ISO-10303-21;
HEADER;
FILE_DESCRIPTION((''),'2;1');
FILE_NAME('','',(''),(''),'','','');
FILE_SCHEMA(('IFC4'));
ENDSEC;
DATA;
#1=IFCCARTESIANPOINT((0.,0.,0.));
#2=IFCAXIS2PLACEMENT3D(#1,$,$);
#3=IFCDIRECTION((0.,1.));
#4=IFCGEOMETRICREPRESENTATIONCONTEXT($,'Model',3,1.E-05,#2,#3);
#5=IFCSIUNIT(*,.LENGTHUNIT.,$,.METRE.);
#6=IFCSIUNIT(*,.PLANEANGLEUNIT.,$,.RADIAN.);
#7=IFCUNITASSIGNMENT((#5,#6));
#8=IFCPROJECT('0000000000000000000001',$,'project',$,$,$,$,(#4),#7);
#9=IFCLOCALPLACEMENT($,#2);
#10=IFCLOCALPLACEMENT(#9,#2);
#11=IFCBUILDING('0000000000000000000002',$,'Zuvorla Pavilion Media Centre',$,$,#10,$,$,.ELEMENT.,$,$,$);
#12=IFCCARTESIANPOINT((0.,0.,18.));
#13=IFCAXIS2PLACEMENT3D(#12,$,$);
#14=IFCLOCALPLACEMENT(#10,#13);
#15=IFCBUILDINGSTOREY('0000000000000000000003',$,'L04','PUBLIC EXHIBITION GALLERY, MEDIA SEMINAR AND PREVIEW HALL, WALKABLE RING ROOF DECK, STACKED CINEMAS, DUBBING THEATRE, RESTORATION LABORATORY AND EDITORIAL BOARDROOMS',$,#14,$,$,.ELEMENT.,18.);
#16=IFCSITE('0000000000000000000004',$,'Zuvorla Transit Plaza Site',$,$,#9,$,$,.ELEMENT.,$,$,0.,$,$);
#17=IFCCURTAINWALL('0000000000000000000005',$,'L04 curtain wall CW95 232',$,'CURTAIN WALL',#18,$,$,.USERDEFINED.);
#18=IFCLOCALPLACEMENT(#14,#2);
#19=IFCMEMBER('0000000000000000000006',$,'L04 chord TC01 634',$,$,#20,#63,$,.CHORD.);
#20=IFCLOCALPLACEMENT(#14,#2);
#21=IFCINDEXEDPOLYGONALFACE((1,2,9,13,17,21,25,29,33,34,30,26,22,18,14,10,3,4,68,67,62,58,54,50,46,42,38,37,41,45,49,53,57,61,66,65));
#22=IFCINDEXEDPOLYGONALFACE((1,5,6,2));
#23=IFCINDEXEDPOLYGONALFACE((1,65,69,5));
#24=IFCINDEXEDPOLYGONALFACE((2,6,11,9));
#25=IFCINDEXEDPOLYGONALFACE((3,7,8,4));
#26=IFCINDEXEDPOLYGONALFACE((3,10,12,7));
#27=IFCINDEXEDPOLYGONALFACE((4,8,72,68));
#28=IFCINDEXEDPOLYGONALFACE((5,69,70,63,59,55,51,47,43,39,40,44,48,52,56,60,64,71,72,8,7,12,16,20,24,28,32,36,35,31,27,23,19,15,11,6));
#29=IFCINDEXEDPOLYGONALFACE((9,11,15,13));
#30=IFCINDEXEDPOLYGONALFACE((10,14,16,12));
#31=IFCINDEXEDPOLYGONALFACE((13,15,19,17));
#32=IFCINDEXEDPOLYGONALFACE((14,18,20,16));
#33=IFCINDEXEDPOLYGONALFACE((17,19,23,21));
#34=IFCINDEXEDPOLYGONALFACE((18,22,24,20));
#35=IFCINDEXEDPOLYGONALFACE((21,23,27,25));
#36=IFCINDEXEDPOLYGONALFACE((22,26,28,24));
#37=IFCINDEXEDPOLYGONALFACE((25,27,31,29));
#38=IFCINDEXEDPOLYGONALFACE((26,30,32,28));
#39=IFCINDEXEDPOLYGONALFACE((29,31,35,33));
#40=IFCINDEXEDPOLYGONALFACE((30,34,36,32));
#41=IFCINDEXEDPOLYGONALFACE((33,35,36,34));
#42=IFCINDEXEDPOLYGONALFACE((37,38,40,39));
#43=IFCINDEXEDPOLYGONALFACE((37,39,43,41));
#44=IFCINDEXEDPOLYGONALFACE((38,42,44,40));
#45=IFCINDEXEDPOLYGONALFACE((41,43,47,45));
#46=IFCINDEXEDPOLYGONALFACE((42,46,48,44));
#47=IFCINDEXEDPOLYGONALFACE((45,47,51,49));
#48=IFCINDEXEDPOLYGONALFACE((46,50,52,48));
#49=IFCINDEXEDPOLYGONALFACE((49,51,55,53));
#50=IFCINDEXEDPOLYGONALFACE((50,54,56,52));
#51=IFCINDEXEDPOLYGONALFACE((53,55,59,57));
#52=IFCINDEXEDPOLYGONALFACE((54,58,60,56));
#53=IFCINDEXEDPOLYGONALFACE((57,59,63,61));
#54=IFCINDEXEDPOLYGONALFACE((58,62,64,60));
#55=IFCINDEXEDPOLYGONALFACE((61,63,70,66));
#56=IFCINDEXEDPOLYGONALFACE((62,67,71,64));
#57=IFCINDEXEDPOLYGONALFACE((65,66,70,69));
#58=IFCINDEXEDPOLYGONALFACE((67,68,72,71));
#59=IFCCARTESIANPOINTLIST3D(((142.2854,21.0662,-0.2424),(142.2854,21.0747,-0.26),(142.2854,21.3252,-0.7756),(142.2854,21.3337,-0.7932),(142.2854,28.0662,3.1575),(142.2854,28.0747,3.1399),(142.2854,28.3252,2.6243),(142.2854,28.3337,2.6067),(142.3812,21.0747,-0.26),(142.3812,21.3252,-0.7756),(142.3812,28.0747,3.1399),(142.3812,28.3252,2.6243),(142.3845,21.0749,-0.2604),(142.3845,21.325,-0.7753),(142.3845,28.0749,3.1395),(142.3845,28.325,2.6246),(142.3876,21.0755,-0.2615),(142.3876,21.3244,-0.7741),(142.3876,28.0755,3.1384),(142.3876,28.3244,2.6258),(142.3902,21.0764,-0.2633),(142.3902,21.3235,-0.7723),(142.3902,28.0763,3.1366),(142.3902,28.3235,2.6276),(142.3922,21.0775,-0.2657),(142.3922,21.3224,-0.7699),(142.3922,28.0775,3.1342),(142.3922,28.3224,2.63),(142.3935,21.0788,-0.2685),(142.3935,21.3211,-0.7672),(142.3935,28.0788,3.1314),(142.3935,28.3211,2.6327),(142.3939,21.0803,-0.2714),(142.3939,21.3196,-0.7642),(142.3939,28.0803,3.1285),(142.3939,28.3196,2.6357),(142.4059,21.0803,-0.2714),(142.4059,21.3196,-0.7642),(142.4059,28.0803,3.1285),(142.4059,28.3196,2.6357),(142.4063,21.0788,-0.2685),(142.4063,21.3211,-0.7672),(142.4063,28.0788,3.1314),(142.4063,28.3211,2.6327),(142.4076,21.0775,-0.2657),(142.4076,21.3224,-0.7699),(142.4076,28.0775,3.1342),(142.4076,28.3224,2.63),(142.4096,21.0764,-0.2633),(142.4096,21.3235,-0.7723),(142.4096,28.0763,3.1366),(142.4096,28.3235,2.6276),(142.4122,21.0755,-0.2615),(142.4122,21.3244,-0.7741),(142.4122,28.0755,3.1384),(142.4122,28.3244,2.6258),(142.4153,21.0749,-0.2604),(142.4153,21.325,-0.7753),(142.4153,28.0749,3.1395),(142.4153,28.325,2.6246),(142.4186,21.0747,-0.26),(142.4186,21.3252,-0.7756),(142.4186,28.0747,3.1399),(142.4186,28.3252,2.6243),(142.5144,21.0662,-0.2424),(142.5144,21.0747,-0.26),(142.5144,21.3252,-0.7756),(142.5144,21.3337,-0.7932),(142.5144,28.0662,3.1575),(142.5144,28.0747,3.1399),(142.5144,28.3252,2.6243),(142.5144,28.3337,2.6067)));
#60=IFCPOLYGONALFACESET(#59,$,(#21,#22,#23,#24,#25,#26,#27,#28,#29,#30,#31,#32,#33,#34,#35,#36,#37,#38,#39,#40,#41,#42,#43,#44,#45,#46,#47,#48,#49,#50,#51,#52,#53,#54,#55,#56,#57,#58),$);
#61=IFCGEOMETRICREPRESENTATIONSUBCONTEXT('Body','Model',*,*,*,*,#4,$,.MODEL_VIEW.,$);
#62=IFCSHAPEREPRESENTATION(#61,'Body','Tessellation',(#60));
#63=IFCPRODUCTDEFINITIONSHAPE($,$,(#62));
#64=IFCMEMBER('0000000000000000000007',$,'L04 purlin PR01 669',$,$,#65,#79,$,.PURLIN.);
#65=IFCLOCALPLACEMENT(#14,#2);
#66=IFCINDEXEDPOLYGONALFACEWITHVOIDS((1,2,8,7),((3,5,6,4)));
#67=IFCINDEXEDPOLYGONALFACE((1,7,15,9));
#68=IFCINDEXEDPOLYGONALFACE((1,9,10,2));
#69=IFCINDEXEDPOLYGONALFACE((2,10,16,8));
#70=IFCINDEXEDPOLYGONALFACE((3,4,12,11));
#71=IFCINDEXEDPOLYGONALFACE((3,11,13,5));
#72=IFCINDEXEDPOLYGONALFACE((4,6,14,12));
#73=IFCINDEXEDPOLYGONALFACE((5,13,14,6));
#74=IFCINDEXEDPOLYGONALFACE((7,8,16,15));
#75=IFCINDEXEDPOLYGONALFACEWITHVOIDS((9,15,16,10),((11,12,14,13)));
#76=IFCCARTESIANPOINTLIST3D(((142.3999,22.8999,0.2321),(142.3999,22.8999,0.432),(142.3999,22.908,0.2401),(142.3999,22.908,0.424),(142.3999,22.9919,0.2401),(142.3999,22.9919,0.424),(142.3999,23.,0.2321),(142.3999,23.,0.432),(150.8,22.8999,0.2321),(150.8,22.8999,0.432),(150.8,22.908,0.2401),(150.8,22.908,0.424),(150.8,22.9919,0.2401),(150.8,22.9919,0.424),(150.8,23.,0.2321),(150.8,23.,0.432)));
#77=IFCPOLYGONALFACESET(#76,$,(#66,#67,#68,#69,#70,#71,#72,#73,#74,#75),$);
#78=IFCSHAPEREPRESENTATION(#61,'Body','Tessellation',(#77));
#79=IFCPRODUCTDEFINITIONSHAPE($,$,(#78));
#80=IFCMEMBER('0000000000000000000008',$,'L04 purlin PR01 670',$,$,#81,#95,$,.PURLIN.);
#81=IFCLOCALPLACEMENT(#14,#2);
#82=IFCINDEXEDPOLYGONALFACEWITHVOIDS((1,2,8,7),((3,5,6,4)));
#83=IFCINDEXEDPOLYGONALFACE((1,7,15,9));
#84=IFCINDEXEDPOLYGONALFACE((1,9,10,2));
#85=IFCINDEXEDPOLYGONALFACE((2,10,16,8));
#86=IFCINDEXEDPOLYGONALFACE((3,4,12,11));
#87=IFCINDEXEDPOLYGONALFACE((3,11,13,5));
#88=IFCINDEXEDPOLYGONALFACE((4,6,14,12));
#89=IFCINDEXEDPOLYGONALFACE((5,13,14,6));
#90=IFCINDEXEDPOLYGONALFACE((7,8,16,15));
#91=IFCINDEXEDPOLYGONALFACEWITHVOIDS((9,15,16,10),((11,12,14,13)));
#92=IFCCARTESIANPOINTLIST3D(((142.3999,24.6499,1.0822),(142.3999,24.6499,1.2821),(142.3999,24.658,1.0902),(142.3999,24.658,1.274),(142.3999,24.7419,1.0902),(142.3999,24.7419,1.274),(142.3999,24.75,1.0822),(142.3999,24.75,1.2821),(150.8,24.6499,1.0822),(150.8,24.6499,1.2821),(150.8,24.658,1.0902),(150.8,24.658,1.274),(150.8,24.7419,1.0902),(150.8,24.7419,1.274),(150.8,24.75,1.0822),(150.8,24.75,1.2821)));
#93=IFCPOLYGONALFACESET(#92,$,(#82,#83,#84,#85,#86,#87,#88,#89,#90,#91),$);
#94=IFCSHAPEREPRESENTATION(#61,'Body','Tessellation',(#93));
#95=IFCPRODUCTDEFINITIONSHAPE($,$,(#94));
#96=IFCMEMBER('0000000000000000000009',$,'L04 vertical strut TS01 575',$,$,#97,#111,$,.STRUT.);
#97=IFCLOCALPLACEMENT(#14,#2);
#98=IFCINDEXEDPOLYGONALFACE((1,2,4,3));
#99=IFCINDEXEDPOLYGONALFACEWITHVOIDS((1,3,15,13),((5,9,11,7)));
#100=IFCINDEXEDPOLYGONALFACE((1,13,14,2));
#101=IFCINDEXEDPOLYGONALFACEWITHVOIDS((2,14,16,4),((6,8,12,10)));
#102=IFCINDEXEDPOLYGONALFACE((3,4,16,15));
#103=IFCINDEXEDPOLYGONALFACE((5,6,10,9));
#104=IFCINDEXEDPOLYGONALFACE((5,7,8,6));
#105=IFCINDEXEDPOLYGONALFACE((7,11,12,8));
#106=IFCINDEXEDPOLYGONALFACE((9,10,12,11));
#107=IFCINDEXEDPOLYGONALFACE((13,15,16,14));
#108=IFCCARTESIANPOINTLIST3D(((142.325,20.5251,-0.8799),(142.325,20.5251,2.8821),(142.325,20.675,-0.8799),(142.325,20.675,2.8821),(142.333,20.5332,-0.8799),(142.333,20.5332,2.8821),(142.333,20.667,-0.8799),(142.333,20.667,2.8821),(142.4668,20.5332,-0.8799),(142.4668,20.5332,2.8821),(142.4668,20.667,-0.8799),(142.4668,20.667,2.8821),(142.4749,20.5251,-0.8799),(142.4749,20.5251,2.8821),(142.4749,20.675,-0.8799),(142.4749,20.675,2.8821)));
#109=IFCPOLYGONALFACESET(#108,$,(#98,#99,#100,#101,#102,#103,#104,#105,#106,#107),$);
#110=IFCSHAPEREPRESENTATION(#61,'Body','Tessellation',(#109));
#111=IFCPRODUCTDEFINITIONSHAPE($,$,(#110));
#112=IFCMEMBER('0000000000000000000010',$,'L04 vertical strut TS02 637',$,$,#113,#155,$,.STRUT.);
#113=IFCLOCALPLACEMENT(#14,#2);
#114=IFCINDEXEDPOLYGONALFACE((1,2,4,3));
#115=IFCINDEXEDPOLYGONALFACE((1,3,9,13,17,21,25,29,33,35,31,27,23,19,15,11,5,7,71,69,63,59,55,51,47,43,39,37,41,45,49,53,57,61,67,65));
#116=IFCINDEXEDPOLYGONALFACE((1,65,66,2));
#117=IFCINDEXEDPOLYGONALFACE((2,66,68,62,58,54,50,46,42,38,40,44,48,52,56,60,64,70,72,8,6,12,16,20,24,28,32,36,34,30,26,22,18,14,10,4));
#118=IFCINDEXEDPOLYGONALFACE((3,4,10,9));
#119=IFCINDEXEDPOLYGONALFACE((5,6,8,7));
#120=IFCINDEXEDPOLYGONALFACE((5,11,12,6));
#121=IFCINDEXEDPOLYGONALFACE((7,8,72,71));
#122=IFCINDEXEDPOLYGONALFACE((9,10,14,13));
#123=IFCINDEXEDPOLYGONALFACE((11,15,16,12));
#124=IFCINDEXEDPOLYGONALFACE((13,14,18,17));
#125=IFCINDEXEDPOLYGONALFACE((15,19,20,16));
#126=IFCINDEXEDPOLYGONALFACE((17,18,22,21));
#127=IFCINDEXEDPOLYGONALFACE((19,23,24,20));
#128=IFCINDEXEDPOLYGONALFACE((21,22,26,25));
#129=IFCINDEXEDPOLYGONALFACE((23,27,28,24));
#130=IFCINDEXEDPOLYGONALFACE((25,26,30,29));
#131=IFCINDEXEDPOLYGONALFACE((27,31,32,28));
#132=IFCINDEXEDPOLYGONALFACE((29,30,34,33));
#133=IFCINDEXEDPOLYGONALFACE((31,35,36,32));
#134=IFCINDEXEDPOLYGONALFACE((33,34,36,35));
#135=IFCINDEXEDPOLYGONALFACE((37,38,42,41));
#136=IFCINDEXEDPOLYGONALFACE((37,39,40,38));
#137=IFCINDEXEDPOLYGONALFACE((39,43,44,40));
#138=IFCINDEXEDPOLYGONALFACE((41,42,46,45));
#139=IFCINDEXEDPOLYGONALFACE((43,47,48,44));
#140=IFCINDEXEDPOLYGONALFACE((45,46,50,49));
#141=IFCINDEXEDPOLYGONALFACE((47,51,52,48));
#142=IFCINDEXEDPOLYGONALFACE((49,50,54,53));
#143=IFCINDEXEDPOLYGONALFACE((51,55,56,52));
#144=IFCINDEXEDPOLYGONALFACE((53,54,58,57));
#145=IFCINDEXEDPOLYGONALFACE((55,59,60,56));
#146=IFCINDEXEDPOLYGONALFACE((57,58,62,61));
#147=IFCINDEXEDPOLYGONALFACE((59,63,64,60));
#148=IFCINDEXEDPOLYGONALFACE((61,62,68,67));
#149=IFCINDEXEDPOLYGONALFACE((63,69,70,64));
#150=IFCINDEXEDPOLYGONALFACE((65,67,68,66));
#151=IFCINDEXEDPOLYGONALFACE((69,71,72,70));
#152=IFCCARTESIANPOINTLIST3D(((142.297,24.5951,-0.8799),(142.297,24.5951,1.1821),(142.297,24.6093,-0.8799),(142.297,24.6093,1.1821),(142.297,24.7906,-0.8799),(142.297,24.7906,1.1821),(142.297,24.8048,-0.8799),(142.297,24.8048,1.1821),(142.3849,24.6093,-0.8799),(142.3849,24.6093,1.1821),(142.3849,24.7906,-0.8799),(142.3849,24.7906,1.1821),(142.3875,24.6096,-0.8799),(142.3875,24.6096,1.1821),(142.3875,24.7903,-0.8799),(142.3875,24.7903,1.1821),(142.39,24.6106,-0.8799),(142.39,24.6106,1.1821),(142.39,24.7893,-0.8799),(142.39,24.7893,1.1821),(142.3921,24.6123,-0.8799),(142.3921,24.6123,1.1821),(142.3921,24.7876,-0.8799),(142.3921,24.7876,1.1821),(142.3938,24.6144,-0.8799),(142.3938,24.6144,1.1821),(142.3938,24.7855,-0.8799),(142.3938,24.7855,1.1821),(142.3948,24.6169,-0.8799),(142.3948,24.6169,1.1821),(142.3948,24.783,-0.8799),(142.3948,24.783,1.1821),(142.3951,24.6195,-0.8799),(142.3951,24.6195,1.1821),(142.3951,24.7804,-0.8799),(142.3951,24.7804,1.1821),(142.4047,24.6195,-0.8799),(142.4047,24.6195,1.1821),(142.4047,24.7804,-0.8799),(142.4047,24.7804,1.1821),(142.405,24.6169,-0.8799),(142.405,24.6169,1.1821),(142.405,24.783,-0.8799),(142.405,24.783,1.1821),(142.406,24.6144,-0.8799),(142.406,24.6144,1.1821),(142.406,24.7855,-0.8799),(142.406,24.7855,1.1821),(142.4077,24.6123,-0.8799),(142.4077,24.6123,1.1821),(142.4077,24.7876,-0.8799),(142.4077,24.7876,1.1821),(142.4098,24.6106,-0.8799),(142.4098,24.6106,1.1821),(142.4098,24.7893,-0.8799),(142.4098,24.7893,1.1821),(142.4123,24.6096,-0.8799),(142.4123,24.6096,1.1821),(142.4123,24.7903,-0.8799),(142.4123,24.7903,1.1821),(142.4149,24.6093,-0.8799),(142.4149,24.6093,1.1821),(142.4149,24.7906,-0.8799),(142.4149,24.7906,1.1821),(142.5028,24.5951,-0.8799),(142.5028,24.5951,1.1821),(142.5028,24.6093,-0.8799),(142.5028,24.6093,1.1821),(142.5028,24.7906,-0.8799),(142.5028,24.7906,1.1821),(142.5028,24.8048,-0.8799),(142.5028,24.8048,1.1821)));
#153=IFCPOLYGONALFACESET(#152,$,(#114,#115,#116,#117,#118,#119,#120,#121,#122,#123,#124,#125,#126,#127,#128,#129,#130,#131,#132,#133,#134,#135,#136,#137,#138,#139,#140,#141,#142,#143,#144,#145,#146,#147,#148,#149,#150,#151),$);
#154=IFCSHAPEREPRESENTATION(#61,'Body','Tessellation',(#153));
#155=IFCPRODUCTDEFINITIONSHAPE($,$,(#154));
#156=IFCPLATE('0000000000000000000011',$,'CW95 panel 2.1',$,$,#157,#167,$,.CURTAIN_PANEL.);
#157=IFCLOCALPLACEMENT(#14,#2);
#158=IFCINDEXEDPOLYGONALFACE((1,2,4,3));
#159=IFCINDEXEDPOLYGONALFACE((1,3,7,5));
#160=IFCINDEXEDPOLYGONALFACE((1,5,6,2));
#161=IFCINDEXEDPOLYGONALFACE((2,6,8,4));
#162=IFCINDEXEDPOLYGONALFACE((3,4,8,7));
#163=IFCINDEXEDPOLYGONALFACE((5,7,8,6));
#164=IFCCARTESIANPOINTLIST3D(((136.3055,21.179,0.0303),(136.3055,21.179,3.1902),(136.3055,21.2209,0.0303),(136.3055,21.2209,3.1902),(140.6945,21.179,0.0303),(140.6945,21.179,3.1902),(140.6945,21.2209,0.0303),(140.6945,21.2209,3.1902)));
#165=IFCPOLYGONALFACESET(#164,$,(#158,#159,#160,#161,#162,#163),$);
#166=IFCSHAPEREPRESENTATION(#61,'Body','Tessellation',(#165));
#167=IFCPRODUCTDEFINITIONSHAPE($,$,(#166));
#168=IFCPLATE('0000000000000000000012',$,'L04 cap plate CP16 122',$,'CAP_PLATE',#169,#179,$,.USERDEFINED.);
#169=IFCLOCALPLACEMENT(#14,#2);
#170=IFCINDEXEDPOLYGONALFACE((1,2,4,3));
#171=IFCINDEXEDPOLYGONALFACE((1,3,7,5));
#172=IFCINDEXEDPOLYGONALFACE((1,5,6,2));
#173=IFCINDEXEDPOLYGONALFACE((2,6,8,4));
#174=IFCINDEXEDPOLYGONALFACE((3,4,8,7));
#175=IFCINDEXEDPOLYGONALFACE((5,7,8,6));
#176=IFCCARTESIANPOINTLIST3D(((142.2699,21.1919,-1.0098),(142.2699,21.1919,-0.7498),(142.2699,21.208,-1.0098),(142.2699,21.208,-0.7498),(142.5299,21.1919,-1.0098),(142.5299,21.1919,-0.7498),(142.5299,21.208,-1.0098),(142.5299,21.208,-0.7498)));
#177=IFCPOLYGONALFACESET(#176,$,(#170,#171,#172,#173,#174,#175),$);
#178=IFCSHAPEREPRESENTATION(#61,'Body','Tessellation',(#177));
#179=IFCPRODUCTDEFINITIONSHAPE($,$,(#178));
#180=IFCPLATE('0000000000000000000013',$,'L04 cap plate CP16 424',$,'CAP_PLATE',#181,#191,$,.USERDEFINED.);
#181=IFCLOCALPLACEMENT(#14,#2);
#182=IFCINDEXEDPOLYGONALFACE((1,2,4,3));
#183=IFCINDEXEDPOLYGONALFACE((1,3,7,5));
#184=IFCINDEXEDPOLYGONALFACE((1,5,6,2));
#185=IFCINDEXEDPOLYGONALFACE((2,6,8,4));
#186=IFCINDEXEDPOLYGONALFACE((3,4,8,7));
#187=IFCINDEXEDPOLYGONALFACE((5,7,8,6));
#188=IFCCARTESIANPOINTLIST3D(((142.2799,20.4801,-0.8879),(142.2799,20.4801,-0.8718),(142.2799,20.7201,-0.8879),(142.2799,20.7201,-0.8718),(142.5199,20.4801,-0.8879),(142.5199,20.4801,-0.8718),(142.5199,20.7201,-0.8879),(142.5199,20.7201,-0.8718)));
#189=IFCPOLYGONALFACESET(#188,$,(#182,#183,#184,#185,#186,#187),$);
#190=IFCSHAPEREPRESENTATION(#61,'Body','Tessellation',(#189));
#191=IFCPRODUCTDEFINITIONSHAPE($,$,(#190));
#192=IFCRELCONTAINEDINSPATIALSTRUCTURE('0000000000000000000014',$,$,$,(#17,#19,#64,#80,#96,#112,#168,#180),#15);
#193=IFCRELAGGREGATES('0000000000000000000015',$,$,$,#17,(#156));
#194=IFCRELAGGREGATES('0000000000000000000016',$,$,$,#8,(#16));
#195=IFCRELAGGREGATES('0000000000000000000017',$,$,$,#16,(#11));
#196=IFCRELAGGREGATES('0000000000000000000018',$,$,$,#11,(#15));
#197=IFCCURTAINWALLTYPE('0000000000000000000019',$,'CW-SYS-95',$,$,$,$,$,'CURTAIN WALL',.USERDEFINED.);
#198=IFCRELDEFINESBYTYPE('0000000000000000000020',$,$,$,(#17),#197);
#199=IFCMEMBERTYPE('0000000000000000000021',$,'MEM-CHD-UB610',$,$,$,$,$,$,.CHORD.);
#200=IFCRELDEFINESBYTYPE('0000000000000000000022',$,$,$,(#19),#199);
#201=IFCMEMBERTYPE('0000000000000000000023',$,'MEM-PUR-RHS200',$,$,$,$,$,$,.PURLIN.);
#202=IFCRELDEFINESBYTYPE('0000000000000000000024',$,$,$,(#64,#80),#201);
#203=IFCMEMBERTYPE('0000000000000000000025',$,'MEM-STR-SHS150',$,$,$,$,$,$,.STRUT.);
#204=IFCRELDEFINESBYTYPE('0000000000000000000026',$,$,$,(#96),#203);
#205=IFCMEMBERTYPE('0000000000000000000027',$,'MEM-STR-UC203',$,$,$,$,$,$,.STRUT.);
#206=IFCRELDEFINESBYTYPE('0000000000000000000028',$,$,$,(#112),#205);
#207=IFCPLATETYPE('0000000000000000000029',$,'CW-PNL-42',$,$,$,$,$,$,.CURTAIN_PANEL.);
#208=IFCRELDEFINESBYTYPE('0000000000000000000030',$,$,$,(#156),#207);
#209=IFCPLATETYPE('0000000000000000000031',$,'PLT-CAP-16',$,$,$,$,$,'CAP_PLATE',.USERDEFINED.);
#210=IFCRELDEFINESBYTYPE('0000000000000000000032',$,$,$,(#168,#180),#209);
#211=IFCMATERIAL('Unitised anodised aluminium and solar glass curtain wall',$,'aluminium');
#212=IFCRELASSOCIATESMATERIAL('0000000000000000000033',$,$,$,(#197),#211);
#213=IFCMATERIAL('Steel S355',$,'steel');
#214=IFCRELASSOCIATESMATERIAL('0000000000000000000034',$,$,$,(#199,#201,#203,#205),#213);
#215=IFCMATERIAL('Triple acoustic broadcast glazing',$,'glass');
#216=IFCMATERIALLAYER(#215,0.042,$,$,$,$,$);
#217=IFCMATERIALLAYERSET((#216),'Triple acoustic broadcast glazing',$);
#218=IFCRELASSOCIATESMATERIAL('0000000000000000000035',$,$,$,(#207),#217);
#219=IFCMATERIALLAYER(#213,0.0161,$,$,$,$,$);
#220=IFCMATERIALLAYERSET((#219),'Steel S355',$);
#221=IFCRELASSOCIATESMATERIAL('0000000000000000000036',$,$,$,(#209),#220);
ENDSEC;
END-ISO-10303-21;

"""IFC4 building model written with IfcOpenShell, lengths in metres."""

from ifc_helpers import new_model, si_unit, direction, frame, origin, origin_2d, place, context, subcontext, project, spatial, rectangle, hollow_rectangle, i_section, extrude, material, layer, layer_set, material_profile, profile_set, type_object, element, aggregate, save


model = new_model("IFC4")

# Units and contexts
model_context = context("Model", 3, precision=1e-05, world=origin(), true_north=direction((0.0, 1.0)))
body_context = subcontext(model_context, "Body", "Model", "MODEL_VIEW")
ifc_project = project(units=[si_unit("LENGTHUNIT", "METRE"), si_unit("PLANEANGLEUNIT", "RADIAN")], contexts=[model_context])

# Site, building, storey
site_placement = place(None, origin())
site = spatial("IfcSite", under=ifc_project, at=site_placement, Name="Zuvorla Transit Plaza Site", CompositionType="ELEMENT", RefElevation=0.0)
building_placement = place(site_placement, origin())
building = spatial("IfcBuilding", under=site, at=building_placement, Name="Zuvorla Pavilion Media Centre", CompositionType="ELEMENT")
storey_placement = place(building_placement, frame((0.0, 0.0, 18.0)))
storey = spatial("IfcBuildingStorey", under=building, at=storey_placement, Name="L04", Description="PUBLIC EXHIBITION GALLERY, MEDIA SEMINAR AND PREVIEW HALL, WALKABLE RING ROOF DECK, STACKED CINEMAS, DUBBING THEATRE, RESTORATION LABORATORY AND EDITORIAL BOARDROOMS", CompositionType="ELEMENT", Elevation=18.0)

# Curtain wall
ifc_material_1 = material(Name="Unitised anodised aluminium and solar glass curtain wall", Category="aluminium")
curtain_wall_type = type_object("IfcCurtainWallType", Name="CW-SYS-95", ElementType="CURTAIN WALL", PredefinedType="USERDEFINED", material=ifc_material_1)
curtain_wall_placement = place(storey_placement, origin())
curtain_wall = element("IfcCurtainWall", 1, at=curtain_wall_placement, inside=storey, type_object=curtain_wall_type, Name="L04 curtain wall CW95 232", ObjectType="CURTAIN WALL", PredefinedType="USERDEFINED")

# Members
ifc_material_2 = material(Name="Steel S355", Category="steel")
ifc_material_profile_1 = material_profile(ifc_material_2, i_section(OverallWidth=0.229, OverallDepth=0.6123, WebThickness=0.012, FlangeThickness=0.0195, FilletRadius=0.0127, at=origin_2d()), Name="UB 610x229x125")
ifc_profile_set_1 = profile_set([ifc_material_profile_1], Name="Steel S355")
member_type_1 = type_object("IfcMemberType", Name="MEM-CHD-UB610", PredefinedType="CHORD", material=ifc_profile_set_1)
member_1_placement = place(storey_placement, frame((142.3999, 21.2, -0.5178), z_axis=(0.0, 0.899513, 0.436894), x_axis=(-1.0, 0.0, 0.0)))
element("IfcMember", 2, at=member_1_placement, inside=storey, type_object=member_type_1, Name="L04 chord TC01 634", PredefinedType="CHORD", context=body_context, shape_type="SweptSolid", body=[
    extrude(i_section(OverallWidth=0.229, OverallDepth=0.6123, WebThickness=0.012, FlangeThickness=0.0195, FilletRadius=0.0127, at=origin_2d()), origin(), (0.0, 0.0, 1.0), 7.782),
])
ifc_material_profile_2 = material_profile(ifc_material_2, hollow_rectangle(XDim=0.1001, YDim=0.2, WallThickness=0.0081, at=origin_2d()), Name="RHS 200x100x8")
ifc_profile_set_2 = profile_set([ifc_material_profile_2], Name="Steel S355")
member_type_2 = type_object("IfcMemberType", Name="MEM-PUR-RHS200", PredefinedType="PURLIN", material=ifc_profile_set_2)
for number, where, z_axis, x_axis, name in (
    (3, (142.3999, 22.95, 0.332), (1.0, 0.0, 0.0), (0.0, 1.0, 0.0), "L04 purlin PR01 669"),
    (4, (142.3999, 24.7, 1.1821), (1.0, 0.0, 0.0), (0.0, 1.0, 0.0), "L04 purlin PR01 670"),
):
    element("IfcMember", number, at=place(storey_placement, frame(where, z_axis=z_axis, x_axis=x_axis)), inside=storey, type_object=member_type_2, Name=name, PredefinedType="PURLIN", context=body_context, shape_type="SweptSolid", body=[
        extrude(hollow_rectangle(XDim=0.1001, YDim=0.2, WallThickness=0.0081, at=origin_2d()), origin(), (0.0, 0.0, 1.0), 8.4001),
    ])
ifc_material_profile_3 = material_profile(ifc_material_2, hollow_rectangle(XDim=0.1499, YDim=0.1499, WallThickness=0.0081, at=origin_2d()), Name="SHS 150x150x8")
ifc_profile_set_3 = profile_set([ifc_material_profile_3], Name="Steel S355")
member_type_3 = type_object("IfcMemberType", Name="MEM-STR-SHS150", PredefinedType="STRUT", material=ifc_profile_set_3)
member_2_placement = place(storey_placement, frame((142.3999, 20.6001, -0.8799), z_axis=(0.0, 0.0, 1.0), x_axis=(1.0, 0.0, 0.0)))
element("IfcMember", 5, at=member_2_placement, inside=storey, type_object=member_type_3, Name="L04 vertical strut TS01 575", PredefinedType="STRUT", context=body_context, shape_type="SweptSolid", body=[
    extrude(hollow_rectangle(XDim=0.1499, YDim=0.1499, WallThickness=0.0081, at=origin_2d()), origin(), (0.0, 0.0, 1.0), 3.762),
])
ifc_material_profile_4 = material_profile(ifc_material_2, i_section(OverallWidth=0.2058, OverallDepth=0.2097, WebThickness=0.0095, FlangeThickness=0.0142, FilletRadius=0.0103, at=origin_2d()), Name="UC 203x203x60")
ifc_profile_set_4 = profile_set([ifc_material_profile_4], Name="Steel S355")
member_type_4 = type_object("IfcMemberType", Name="MEM-STR-UC203", PredefinedType="STRUT", material=ifc_profile_set_4)
member_3_placement = place(storey_placement, frame((142.3999, 24.7, -0.8799), z_axis=(0.0, 0.0, 1.0), x_axis=(1.0, 0.0, 0.0)))
element("IfcMember", 6, at=member_3_placement, inside=storey, type_object=member_type_4, Name="L04 vertical strut TS02 637", PredefinedType="STRUT", context=body_context, shape_type="SweptSolid", body=[
    extrude(i_section(OverallWidth=0.2058, OverallDepth=0.2097, WebThickness=0.0095, FlangeThickness=0.0142, FilletRadius=0.0103, at=origin_2d()), origin(), (0.0, 0.0, 1.0), 2.062),
])

# Plate
ifc_material_3 = material(Name="Triple acoustic broadcast glazing", Category="glass")
ifc_layer_1 = layer(ifc_material_3, 0.042)
ifc_layer_set_1 = layer_set([ifc_layer_1], Name="Triple acoustic broadcast glazing")
plate_type_1 = type_object("IfcPlateType", Name="CW-PNL-42", PredefinedType="CURTAIN_PANEL", material=ifc_layer_set_1)
plate_1_placement = place(storey_placement, frame((138.5, 21.2, 0.0303), z_axis=(0.0, 0.0, 1.0), x_axis=(1.0, 0.0, 0.0)))
plate_1 = element("IfcPlate", 7, at=plate_1_placement, type_object=plate_type_1, Name="CW95 panel 2.1", PredefinedType="CURTAIN_PANEL", context=body_context, shape_type="SweptSolid", body=[
    extrude(rectangle(XDim=4.3889, YDim=0.042, at=origin_2d()), origin(), (0.0, 0.0, 1.0), 3.1599),
])
aggregate(curtain_wall, [plate_1])

# Plates
ifc_layer_2 = layer(ifc_material_2, 0.0161)
ifc_layer_set_2 = layer_set([ifc_layer_2], Name="Steel S355")
plate_type_2 = type_object("IfcPlateType", Name="PLT-CAP-16", ElementType="CAP_PLATE", PredefinedType="USERDEFINED", material=ifc_layer_set_2)
plate_2_placement = place(storey_placement, frame((142.3999, 21.2, -1.0098), z_axis=(0.0, 0.0, 1.0), x_axis=(1.0, 0.0, 0.0)))
element("IfcPlate", 8, at=plate_2_placement, inside=storey, type_object=plate_type_2, Name="L04 cap plate CP16 122", ObjectType="CAP_PLATE", PredefinedType="USERDEFINED", context=body_context, shape_type="SweptSolid", body=[
    extrude(rectangle(XDim=0.26, YDim=0.0161, at=origin_2d()), origin(), (0.0, 0.0, 1.0), 0.26),
])
plate_3_placement = place(storey_placement, frame((142.3999, 20.6001, -0.8879), z_axis=(0.0, 0.0, 1.0), x_axis=(1.0, 0.0, 0.0)))
element("IfcPlate", 9, at=plate_3_placement, inside=storey, type_object=plate_type_2, Name="L04 cap plate CP16 424", ObjectType="CAP_PLATE", PredefinedType="USERDEFINED", context=body_context, shape_type="SweptSolid", body=[
    extrude(rectangle(XDim=0.24, YDim=0.24, at=origin_2d()), origin(), (0.0, 0.0, 1.0), 0.0161),
])

save(model, "model.ifc")
